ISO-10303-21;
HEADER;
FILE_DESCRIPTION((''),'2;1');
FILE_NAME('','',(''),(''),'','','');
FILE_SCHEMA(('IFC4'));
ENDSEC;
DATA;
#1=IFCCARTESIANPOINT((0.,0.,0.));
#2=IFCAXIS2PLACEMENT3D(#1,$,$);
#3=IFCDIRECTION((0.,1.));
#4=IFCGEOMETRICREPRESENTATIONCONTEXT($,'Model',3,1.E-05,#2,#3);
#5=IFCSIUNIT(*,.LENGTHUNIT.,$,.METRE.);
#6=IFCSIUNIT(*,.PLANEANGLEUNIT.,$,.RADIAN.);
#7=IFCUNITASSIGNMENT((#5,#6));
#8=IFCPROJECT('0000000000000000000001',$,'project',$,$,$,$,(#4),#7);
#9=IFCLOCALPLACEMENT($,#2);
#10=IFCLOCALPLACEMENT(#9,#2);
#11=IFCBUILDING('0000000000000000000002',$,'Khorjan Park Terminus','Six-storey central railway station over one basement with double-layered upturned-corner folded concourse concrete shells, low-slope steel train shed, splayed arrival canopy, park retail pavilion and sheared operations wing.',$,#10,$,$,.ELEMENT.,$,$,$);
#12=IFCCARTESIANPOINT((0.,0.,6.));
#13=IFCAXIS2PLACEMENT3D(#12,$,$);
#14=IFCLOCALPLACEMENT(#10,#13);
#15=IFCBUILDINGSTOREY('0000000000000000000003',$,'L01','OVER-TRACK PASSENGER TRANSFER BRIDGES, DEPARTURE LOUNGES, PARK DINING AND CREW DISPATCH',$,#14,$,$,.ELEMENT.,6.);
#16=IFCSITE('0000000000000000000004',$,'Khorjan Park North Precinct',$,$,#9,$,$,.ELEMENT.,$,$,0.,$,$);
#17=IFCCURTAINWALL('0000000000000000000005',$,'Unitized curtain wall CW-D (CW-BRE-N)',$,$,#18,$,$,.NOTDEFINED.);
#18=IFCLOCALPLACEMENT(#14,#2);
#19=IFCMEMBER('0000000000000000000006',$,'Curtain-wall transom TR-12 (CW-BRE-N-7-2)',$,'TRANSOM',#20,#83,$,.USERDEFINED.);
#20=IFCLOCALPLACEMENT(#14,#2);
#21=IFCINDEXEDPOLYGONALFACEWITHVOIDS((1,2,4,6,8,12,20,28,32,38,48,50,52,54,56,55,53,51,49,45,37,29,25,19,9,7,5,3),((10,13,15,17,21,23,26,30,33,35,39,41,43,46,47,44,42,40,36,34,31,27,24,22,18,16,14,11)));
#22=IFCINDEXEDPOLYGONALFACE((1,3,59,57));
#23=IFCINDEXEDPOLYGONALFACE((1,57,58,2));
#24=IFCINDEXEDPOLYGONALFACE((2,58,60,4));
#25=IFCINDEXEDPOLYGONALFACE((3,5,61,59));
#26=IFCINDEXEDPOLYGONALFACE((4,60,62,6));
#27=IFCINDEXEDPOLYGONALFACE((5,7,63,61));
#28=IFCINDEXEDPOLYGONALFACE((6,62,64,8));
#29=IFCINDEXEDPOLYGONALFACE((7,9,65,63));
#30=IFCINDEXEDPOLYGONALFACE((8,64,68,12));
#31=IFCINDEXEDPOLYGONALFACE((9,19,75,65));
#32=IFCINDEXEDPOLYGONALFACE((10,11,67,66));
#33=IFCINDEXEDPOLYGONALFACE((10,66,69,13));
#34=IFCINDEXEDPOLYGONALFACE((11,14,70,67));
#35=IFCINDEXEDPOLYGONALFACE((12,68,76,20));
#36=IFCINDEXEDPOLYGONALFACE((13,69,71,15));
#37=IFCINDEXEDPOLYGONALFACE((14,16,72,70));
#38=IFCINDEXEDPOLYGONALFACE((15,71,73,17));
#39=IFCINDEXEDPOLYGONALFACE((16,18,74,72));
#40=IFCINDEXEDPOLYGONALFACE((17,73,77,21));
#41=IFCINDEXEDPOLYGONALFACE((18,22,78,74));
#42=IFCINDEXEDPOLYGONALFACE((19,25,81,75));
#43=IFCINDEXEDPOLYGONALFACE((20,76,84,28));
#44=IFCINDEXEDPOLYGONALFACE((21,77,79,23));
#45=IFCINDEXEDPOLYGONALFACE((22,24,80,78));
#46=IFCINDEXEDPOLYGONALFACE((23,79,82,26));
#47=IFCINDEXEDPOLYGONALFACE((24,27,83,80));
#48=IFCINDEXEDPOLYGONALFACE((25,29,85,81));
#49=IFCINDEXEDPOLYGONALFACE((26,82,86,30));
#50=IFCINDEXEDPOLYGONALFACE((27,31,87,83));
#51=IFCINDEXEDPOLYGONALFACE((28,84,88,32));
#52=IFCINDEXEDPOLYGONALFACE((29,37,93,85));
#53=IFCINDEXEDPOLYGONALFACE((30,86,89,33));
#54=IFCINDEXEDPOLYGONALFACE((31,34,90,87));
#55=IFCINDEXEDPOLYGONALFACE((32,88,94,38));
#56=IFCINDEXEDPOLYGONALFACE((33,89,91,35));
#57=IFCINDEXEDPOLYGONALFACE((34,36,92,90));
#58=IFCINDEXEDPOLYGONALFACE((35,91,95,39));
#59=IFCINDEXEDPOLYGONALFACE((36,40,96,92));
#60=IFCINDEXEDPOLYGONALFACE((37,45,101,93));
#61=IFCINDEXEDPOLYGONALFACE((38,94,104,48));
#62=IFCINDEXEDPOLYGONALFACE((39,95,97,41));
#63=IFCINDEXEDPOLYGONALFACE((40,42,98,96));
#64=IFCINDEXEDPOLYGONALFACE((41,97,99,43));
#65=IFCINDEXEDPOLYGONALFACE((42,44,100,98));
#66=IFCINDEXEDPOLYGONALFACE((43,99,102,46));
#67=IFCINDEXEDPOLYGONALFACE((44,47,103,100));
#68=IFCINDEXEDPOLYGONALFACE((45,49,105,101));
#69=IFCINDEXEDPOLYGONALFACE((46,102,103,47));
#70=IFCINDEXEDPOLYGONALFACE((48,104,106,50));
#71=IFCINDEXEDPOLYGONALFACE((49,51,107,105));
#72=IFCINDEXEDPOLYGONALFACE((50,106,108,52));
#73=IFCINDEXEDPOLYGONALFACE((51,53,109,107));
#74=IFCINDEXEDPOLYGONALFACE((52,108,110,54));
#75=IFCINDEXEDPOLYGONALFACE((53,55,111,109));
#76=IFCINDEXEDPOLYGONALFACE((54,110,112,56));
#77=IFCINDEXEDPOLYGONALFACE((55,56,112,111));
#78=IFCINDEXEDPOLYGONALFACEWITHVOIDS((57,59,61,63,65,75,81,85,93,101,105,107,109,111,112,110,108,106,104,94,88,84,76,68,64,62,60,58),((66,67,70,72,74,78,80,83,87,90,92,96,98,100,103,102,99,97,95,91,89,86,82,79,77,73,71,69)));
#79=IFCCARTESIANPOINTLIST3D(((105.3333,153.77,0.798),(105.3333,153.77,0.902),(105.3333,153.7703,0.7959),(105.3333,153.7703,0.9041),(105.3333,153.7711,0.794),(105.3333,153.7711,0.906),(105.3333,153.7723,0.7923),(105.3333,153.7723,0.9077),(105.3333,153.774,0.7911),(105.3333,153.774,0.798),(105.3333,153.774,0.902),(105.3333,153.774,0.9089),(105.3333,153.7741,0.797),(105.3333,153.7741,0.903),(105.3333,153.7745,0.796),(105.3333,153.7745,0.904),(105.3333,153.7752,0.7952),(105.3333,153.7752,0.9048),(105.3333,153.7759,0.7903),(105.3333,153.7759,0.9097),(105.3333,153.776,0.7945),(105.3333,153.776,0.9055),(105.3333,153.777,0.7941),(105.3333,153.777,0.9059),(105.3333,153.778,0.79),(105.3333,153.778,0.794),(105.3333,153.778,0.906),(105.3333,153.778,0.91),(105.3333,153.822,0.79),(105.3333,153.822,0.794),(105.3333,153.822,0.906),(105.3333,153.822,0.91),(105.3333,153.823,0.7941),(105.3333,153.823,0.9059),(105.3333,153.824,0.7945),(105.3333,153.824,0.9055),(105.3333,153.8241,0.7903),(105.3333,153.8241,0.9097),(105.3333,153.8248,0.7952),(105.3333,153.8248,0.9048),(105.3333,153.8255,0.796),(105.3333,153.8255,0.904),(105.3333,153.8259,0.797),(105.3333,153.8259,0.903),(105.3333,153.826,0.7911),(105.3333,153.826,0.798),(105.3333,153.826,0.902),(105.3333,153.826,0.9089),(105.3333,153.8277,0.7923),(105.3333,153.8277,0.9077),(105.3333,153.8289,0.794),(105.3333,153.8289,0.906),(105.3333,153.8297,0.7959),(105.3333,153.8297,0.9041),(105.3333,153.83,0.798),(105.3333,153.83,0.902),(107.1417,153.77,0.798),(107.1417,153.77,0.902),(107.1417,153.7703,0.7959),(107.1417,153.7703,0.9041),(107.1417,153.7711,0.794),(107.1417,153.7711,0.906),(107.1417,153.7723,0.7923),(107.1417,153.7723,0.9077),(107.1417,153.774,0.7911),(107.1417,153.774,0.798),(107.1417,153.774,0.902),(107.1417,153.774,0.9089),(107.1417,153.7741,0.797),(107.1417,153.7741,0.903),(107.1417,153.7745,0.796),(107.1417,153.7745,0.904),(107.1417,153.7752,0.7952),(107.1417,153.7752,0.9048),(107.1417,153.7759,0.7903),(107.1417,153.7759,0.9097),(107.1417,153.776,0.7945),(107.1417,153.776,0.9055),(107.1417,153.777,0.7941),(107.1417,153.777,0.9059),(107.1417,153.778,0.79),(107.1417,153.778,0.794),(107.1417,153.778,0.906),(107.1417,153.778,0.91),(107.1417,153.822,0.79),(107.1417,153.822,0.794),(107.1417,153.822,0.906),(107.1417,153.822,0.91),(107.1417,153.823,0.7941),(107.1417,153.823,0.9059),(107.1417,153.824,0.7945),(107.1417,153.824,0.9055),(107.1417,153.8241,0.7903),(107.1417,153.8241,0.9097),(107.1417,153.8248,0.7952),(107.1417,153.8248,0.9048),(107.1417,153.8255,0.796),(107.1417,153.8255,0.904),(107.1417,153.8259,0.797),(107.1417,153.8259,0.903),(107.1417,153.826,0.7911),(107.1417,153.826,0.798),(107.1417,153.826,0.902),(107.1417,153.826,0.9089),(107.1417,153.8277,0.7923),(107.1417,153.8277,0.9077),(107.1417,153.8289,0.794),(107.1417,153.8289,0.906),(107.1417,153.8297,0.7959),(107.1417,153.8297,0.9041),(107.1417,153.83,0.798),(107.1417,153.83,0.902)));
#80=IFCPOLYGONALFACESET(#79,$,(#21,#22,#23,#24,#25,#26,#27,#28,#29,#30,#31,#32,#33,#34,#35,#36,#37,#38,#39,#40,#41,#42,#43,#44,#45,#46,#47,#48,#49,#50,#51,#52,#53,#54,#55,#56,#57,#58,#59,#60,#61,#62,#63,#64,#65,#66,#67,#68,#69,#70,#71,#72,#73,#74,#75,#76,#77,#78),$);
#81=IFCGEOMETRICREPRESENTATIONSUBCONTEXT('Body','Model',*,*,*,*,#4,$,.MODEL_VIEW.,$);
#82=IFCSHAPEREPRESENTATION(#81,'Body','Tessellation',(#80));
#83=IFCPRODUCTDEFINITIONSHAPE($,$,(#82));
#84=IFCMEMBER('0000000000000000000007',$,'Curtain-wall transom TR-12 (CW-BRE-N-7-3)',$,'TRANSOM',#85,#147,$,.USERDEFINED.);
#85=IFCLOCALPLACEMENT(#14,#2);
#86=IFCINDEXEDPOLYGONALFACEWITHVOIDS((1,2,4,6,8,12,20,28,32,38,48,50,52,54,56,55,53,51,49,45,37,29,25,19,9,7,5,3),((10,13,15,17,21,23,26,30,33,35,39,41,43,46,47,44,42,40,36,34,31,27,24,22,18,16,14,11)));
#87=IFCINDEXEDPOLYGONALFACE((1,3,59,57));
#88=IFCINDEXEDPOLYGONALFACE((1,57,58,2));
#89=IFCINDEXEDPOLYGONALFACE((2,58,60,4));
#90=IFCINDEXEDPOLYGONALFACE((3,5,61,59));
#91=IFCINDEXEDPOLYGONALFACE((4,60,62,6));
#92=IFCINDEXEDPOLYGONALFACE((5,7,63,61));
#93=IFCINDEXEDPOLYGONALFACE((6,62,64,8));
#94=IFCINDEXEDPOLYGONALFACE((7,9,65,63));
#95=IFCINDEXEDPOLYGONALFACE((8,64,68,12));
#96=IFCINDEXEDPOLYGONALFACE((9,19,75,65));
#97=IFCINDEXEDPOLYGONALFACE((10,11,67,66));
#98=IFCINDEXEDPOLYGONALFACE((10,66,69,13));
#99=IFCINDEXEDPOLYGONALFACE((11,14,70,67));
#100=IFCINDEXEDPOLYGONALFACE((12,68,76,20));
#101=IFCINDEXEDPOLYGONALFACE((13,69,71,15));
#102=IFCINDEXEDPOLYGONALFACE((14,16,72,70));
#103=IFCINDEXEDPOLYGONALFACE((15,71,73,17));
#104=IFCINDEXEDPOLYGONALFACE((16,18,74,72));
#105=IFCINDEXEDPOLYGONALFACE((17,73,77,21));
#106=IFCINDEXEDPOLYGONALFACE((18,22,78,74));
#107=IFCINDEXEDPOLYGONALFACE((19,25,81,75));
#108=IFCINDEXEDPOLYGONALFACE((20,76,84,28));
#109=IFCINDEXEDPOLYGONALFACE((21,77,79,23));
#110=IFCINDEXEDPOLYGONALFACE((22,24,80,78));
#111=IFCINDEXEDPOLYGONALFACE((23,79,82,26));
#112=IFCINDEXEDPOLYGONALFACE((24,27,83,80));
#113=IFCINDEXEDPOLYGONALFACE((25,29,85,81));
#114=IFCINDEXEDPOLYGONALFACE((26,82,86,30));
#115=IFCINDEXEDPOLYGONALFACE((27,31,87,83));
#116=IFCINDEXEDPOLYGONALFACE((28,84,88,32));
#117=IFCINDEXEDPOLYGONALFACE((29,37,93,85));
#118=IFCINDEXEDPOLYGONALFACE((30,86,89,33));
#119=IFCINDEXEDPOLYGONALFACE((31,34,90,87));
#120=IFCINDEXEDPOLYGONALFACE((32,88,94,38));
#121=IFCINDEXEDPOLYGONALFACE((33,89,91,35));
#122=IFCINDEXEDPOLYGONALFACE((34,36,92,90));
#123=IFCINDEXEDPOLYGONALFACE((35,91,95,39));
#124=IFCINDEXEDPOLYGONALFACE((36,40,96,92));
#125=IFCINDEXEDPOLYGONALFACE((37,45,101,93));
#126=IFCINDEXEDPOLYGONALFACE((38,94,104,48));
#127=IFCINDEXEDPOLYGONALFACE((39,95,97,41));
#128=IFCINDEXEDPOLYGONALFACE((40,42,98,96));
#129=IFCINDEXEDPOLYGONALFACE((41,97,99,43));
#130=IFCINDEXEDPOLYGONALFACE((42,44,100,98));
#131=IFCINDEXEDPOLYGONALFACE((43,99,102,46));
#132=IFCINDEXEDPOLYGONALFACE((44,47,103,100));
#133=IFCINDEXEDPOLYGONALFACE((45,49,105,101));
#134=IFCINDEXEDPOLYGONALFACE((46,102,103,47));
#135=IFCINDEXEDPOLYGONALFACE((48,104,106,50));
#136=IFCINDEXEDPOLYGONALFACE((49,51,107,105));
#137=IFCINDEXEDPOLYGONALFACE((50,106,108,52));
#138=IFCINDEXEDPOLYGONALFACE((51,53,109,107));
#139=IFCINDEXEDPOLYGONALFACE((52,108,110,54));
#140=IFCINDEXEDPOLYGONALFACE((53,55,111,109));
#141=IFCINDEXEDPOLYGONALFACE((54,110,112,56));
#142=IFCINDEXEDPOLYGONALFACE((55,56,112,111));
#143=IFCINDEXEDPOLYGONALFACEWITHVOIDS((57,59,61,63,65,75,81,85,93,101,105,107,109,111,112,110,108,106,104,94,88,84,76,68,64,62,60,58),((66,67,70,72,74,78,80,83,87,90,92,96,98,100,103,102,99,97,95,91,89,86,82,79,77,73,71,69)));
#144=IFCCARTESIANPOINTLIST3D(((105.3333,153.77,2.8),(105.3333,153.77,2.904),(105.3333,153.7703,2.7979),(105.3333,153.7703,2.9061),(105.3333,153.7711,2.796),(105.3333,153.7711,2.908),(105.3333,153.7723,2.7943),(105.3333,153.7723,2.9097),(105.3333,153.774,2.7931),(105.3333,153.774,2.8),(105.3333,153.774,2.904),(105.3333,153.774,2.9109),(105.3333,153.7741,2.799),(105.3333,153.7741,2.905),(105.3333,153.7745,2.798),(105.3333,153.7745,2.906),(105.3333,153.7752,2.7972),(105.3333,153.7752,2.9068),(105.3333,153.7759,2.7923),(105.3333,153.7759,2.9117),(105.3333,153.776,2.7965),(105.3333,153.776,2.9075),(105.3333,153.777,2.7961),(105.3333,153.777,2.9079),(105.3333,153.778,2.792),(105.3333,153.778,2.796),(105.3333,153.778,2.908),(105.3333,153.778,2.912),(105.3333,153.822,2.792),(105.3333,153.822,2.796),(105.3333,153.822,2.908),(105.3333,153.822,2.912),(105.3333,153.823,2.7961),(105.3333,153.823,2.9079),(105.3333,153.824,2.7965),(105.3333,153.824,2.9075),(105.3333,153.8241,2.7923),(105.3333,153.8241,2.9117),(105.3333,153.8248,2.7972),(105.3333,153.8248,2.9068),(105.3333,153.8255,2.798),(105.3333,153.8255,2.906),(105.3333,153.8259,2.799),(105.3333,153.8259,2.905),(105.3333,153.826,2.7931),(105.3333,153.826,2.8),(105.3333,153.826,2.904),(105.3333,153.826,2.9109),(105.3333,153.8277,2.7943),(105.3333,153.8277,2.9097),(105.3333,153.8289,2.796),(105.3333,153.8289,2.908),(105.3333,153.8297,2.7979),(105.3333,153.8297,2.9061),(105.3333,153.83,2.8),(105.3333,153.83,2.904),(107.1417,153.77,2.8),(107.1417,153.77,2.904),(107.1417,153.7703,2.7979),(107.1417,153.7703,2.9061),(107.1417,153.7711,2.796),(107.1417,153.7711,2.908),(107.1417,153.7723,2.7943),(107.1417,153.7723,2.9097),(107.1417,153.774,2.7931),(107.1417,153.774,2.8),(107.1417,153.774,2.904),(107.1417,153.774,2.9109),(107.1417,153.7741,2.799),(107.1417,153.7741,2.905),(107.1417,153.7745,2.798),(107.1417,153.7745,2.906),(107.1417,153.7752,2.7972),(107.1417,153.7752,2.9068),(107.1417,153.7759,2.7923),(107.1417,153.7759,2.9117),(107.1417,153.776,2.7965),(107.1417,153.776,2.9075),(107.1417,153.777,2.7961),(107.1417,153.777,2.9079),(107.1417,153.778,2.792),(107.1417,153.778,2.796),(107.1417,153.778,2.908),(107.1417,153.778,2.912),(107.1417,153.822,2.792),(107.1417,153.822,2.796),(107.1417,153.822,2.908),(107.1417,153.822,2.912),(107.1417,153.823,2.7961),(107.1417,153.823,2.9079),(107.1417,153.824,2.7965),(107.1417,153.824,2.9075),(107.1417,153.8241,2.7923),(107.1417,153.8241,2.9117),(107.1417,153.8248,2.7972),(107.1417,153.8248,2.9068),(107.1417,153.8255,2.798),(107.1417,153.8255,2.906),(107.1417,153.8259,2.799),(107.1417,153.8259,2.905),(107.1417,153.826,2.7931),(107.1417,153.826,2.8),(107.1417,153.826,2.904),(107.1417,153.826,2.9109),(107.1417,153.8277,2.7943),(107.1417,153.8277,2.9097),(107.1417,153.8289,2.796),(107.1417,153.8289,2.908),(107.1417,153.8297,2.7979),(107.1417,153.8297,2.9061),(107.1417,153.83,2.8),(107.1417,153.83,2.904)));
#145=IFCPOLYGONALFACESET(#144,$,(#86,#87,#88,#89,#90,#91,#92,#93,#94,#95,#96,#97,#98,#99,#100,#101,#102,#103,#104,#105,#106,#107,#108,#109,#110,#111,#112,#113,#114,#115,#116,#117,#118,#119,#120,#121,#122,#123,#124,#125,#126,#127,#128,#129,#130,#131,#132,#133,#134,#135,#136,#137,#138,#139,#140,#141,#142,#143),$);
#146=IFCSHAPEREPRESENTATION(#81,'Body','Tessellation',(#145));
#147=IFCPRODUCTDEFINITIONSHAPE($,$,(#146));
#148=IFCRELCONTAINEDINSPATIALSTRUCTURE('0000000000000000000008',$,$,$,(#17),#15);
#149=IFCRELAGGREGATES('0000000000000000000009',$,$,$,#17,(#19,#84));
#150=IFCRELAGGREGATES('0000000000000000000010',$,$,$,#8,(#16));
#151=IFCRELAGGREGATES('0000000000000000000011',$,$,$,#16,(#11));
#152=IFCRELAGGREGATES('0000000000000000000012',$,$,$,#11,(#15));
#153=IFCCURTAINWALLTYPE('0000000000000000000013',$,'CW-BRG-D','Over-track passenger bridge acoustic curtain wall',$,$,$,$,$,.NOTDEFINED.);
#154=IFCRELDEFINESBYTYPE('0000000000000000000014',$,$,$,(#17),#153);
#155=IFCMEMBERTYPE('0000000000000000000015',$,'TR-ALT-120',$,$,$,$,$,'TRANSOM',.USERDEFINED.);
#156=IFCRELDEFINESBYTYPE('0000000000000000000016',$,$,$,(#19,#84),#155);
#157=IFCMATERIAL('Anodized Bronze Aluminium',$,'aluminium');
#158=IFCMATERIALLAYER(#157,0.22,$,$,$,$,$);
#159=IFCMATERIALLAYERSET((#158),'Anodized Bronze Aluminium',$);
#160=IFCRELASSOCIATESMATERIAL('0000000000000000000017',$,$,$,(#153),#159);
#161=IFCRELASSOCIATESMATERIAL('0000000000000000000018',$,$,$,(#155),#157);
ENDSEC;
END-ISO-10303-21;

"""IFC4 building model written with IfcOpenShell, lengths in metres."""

from ifc_helpers import new_model, si_unit, direction, frame, origin, origin_2d, place, context, subcontext, project, spatial, hollow_rectangle, extrude, material, layer, layer_set, material_profile, profile_set, type_object, element, aggregate, save


model = new_model("IFC4")

# Units and contexts
model_context = context("Model", 3, precision=1e-05, world=origin(), true_north=direction((0.0, 1.0)))
body_context = subcontext(model_context, "Body", "Model", "MODEL_VIEW")
ifc_project = project(units=[si_unit("LENGTHUNIT", "METRE"), si_unit("PLANEANGLEUNIT", "RADIAN")], contexts=[model_context])

# Site, building, storey
site_placement = place(None, origin())
site = spatial("IfcSite", under=ifc_project, at=site_placement, Name="Khorjan Park North Precinct", CompositionType="ELEMENT", RefElevation=0.0)
building_placement = place(site_placement, origin())
building = spatial("IfcBuilding", under=site, at=building_placement, Name="Khorjan Park Terminus", Description="Six-storey central railway station over one basement with double-layered upturned-corner folded concourse concrete shells, low-slope steel train shed, splayed arrival canopy, park retail pavilion and sheared operations wing.", CompositionType="ELEMENT")
storey_placement = place(building_placement, frame((0.0, 0.0, 6.0)))
storey = spatial("IfcBuildingStorey", under=building, at=storey_placement, Name="L01", Description="OVER-TRACK PASSENGER TRANSFER BRIDGES, DEPARTURE LOUNGES, PARK DINING AND CREW DISPATCH", CompositionType="ELEMENT", Elevation=6.0)

# Curtain wall, members
ifc_material_1 = material(Name="Anodized Bronze Aluminium", Category="aluminium")
ifc_layer_1 = layer(ifc_material_1, 0.22)
ifc_layer_set_1 = layer_set([ifc_layer_1], Name="Anodized Bronze Aluminium")
curtain_wall_type = type_object("IfcCurtainWallType", Name="CW-BRG-D", Description="Over-track passenger bridge acoustic curtain wall", PredefinedType="NOTDEFINED", material=ifc_layer_set_1)
curtain_wall_placement = place(storey_placement, origin())
curtain_wall = element("IfcCurtainWall", 1, at=curtain_wall_placement, inside=storey, type_object=curtain_wall_type, Name="Unitized curtain wall CW-D (CW-BRE-N)", PredefinedType="NOTDEFINED")
ifc_material_profile_1 = material_profile(ifc_material_1, hollow_rectangle(XDim=0.06, YDim=0.12, WallThickness=0.004, InnerFilletRadius=0.004, OuterFilletRadius=0.008, at=origin_2d()), Name="ALT 60x120x4")
ifc_profile_set_1 = profile_set([ifc_material_profile_1], Name="Anodized Bronze Aluminium")
member_type_1 = type_object("IfcMemberType", Name="TR-ALT-120", ElementType="TRANSOM", PredefinedType="USERDEFINED", material=ifc_profile_set_1)
member_1_placement = place(storey_placement, frame((107.1417, 153.8, 0.85), z_axis=(-1.0, 0.0, 0.0), x_axis=(0.0, -1.0, 0.0)))
member_1 = element("IfcMember", 2, at=member_1_placement, type_object=member_type_1, Name="Curtain-wall transom TR-12 (CW-BRE-N-7-2)", ObjectType="TRANSOM", PredefinedType="USERDEFINED", context=body_context, shape_type="SweptSolid", body=[
    extrude(hollow_rectangle(XDim=0.06, YDim=0.12, WallThickness=0.004, InnerFilletRadius=0.004, OuterFilletRadius=0.008, at=origin_2d()), origin(), (0.0, 0.0, 1.0), 1.8084),
])
member_2_placement = place(storey_placement, frame((107.1417, 153.8, 2.852), z_axis=(-1.0, 0.0, 0.0), x_axis=(0.0, -1.0, 0.0)))
member_2 = element("IfcMember", 3, at=member_2_placement, type_object=member_type_1, Name="Curtain-wall transom TR-12 (CW-BRE-N-7-3)", ObjectType="TRANSOM", PredefinedType="USERDEFINED", context=body_context, shape_type="SweptSolid", body=[
    extrude(hollow_rectangle(XDim=0.06, YDim=0.12, WallThickness=0.004, InnerFilletRadius=0.004, OuterFilletRadius=0.008, at=origin_2d()), origin(), (0.0, 0.0, 1.0), 1.8084),
])
aggregate(curtain_wall, [member_1, member_2])

save(model, "model.ifc")
